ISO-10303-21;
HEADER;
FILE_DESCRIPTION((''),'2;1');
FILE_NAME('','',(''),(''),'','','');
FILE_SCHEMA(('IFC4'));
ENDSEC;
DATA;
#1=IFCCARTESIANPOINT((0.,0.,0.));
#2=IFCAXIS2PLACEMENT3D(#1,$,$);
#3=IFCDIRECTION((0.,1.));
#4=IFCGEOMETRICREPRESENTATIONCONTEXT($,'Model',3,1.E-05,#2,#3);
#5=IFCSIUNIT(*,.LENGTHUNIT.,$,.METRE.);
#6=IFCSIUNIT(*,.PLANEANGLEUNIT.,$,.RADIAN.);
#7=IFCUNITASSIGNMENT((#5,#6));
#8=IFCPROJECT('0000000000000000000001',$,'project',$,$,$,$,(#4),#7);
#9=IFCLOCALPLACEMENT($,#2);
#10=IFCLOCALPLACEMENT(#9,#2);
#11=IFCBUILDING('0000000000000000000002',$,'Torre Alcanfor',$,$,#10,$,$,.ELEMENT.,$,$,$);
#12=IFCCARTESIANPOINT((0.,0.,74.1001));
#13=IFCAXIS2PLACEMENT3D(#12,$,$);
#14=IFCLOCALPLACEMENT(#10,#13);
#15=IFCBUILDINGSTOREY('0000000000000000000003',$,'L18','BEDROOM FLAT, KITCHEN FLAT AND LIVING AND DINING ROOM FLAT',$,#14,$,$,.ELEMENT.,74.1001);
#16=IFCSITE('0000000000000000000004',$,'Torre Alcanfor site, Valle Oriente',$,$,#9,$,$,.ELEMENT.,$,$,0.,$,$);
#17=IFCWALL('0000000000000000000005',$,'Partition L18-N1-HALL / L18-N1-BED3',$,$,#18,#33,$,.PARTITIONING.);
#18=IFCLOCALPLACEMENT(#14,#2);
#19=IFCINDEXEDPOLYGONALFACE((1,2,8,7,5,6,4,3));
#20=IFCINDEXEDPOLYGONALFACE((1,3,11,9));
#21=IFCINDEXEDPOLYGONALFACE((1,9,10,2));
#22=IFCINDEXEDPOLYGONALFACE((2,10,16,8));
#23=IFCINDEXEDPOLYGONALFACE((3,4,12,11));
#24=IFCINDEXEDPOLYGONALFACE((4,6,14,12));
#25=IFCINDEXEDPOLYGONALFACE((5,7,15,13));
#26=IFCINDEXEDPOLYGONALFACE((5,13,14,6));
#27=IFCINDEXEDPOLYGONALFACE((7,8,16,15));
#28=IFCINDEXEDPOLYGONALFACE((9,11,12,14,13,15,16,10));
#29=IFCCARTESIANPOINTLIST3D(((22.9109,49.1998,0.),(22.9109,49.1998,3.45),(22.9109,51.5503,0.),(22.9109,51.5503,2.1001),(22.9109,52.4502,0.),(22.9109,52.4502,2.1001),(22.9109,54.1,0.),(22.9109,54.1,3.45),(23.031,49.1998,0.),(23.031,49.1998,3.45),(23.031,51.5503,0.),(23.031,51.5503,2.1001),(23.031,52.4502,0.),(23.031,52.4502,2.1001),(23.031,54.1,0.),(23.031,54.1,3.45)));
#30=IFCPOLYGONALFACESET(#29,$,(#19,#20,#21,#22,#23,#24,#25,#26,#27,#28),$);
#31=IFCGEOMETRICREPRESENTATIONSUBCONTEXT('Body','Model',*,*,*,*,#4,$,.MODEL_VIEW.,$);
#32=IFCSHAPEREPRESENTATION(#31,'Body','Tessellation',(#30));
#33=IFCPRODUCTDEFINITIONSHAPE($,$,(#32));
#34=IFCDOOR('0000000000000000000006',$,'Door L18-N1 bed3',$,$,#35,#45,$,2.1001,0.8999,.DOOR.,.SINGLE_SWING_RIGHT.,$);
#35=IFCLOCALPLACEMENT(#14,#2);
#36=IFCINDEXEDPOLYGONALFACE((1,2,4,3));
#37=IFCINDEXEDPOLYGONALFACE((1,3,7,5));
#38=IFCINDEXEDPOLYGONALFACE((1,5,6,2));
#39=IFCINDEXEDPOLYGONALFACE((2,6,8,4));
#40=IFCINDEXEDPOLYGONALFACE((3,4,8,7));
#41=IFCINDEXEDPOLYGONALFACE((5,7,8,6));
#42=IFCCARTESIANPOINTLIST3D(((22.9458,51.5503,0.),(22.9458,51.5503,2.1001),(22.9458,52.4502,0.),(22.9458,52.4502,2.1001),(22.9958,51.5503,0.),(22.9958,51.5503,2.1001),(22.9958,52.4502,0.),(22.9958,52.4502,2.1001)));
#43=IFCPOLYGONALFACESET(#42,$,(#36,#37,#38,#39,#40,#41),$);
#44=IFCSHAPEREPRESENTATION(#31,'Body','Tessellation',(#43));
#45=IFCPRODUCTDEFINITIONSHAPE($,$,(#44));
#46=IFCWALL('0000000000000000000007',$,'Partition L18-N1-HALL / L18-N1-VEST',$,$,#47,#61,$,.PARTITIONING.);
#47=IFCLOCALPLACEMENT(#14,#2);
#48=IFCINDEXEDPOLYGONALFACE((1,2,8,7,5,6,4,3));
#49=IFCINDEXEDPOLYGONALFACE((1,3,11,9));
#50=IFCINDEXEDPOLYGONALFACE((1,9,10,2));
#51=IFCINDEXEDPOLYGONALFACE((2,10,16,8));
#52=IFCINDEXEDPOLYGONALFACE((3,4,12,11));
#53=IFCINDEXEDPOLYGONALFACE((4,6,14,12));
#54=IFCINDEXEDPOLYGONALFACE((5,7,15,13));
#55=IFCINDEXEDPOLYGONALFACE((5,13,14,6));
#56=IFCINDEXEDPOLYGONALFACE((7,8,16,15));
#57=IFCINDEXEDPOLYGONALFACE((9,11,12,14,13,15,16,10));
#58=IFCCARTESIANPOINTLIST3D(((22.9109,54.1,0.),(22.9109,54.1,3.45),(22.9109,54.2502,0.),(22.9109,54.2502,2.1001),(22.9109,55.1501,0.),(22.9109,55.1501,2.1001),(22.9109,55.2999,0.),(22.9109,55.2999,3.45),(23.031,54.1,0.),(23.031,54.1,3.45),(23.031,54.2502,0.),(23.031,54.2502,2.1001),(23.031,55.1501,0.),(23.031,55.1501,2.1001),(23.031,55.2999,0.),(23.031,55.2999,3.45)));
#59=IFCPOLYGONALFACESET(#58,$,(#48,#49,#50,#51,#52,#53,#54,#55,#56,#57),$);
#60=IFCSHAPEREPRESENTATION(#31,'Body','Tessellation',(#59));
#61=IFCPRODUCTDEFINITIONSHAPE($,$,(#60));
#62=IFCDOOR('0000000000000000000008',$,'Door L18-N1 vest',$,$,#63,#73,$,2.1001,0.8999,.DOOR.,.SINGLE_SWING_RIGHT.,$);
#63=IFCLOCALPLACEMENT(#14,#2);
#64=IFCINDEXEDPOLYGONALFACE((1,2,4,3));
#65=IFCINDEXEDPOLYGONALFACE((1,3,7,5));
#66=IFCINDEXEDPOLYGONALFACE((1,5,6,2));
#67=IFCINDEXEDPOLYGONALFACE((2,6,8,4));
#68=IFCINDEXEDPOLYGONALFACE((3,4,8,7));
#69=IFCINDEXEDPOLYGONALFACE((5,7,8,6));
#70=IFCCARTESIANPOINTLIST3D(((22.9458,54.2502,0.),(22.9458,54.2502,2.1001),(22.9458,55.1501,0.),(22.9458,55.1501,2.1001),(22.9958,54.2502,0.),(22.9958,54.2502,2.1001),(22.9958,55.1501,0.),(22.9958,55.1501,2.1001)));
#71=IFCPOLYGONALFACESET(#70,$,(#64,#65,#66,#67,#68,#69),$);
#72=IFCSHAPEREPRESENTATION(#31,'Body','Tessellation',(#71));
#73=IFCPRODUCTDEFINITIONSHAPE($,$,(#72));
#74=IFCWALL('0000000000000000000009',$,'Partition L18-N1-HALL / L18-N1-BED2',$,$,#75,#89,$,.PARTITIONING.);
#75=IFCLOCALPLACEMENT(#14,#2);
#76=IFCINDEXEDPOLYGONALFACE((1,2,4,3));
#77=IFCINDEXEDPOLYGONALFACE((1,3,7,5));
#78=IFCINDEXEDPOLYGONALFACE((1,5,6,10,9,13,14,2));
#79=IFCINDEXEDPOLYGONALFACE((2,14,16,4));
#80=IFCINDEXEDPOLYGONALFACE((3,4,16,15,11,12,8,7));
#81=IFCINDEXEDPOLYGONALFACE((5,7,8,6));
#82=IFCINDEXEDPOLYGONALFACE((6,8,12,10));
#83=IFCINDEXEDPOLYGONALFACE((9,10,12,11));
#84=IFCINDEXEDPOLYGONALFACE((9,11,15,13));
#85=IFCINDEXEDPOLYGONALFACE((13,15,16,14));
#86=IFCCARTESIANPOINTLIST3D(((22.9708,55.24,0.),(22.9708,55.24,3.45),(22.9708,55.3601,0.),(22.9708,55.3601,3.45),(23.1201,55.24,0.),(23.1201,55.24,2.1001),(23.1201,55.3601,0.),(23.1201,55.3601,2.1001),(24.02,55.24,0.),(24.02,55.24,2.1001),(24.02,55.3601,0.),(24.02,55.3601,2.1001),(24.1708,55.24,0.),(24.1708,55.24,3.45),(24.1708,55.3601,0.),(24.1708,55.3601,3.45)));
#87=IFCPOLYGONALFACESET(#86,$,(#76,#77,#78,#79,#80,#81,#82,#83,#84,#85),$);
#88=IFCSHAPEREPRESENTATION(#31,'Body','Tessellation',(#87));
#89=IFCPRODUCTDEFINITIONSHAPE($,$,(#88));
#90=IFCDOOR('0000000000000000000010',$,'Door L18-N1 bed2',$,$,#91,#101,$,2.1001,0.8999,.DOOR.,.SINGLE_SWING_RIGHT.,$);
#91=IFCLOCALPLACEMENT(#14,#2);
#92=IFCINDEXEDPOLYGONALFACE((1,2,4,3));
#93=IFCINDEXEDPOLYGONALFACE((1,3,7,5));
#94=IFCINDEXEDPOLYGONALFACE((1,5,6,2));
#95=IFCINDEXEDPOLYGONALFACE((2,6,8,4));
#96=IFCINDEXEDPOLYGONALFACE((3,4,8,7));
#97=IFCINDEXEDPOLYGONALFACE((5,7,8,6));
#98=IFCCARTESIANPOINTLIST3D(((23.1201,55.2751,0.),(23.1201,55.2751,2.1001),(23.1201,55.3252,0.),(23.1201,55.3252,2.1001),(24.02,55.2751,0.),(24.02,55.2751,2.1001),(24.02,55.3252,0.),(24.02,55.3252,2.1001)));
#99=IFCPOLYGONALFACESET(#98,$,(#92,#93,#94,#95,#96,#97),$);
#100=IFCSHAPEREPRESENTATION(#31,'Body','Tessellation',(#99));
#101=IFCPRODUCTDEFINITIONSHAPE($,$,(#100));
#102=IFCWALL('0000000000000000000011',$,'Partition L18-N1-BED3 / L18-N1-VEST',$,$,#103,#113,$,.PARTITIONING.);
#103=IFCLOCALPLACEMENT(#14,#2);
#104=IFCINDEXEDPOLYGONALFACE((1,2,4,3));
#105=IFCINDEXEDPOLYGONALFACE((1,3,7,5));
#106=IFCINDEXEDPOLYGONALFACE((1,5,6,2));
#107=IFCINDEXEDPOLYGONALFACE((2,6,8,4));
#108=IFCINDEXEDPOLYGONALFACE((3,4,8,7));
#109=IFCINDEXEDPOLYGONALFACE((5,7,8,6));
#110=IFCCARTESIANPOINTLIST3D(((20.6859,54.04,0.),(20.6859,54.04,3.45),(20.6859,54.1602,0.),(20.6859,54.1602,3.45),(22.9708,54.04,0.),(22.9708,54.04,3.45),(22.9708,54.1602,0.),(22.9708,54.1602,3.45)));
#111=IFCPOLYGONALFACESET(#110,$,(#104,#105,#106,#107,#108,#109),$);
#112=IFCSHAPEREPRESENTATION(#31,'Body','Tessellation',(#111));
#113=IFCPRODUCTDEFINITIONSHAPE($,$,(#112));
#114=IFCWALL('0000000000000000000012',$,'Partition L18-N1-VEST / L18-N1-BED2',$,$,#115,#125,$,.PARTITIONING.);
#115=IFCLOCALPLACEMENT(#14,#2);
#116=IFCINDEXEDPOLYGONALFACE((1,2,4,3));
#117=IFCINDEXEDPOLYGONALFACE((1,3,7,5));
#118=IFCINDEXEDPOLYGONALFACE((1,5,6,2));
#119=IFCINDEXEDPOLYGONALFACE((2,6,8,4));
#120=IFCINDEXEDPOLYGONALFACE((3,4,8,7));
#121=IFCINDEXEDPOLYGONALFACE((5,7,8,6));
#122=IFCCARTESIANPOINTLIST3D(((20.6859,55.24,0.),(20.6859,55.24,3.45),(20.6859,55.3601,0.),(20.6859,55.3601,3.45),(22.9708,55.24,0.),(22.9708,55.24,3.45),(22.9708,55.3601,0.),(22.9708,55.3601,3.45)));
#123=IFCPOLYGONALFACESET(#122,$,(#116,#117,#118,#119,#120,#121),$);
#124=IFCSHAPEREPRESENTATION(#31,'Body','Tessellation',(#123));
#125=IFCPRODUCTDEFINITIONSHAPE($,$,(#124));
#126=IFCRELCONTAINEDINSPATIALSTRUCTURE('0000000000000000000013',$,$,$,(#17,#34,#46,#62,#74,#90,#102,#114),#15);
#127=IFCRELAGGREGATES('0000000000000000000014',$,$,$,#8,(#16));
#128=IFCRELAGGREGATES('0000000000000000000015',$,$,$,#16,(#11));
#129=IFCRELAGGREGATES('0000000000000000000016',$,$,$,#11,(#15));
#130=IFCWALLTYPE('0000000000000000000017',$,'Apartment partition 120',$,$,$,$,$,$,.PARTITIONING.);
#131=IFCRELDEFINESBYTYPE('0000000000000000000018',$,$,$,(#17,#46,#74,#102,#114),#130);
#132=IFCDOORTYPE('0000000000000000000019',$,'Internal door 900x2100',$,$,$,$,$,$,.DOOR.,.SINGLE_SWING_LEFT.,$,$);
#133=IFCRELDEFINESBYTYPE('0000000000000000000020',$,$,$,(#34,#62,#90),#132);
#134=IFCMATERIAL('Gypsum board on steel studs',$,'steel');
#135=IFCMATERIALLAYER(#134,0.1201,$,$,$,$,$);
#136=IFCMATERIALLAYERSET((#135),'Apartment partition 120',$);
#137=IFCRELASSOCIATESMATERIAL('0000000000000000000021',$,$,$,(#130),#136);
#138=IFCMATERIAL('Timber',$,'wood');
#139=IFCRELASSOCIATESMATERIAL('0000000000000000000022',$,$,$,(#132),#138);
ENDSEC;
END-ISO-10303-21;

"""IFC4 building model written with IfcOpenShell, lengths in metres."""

from ifc_helpers import new_model, si_unit, direction, frame, frame_2d, origin, place, context, subcontext, project, spatial, rectangle, extrude, material, layer, layer_set, type_object, element, fill, save


model = new_model("IFC4")

# Units and contexts
model_context = context("Model", 3, precision=1e-05, world=origin(), true_north=direction((0.0, 1.0)))
body_context = subcontext(model_context, "Body", "Model", "MODEL_VIEW")
ifc_project = project(units=[si_unit("LENGTHUNIT", "METRE"), si_unit("PLANEANGLEUNIT", "RADIAN")], contexts=[model_context])

# Site, building, storey
site_placement = place(None, origin())
site = spatial("IfcSite", under=ifc_project, at=site_placement, Name="Torre Alcanfor site, Valle Oriente", CompositionType="ELEMENT", RefElevation=0.0)
building_placement = place(site_placement, origin())
building = spatial("IfcBuilding", under=site, at=building_placement, Name="Torre Alcanfor", CompositionType="ELEMENT")
storey_placement = place(building_placement, frame((0.0, 0.0, 74.1001)))
storey = spatial("IfcBuildingStorey", under=building, at=storey_placement, Name="L18", Description="BEDROOM FLAT, KITCHEN FLAT AND LIVING AND DINING ROOM FLAT", CompositionType="ELEMENT", Elevation=74.1001)

# Shared definitions
ifc_material_1 = material(Name="Gypsum board on steel studs", Category="steel")
ifc_layer_1 = layer(ifc_material_1, 0.1201)
ifc_layer_set_1 = layer_set([ifc_layer_1], Name="Apartment partition 120")
wall_type = type_object("IfcWallType", Name="Apartment partition 120", PredefinedType="PARTITIONING", material=ifc_layer_set_1)
ifc_material_2 = material(Name="Timber", Category="wood")
door_type = type_object("IfcDoorType", Name="Internal door 900x2100", OperationType="SINGLE_SWING_LEFT", PredefinedType="DOOR", material=ifc_material_2)

# Walls, openings, doors
wall_1_placement = place(storey_placement, frame((22.9709, 54.1001, 0.0), z_axis=(0.0, 0.0, 1.0), x_axis=(0.0, -1.0, 0.0)))
wall_1 = element("IfcWall", 1, at=wall_1_placement, inside=storey, type_object=wall_type, Name="Partition L18-N1-HALL / L18-N1-BED3", PredefinedType="PARTITIONING", context=body_context, shape_type="SweptSolid", body=[
    extrude(rectangle(XDim=4.9001, YDim=0.1201, at=frame_2d((2.4502, 0.0))), origin(), (0.0, 0.0, 1.0), 3.45),
])
opening_1_placement = place(wall_1_placement, frame((1.6499, 0.0, 0.0)))
opening_1 = element("IfcOpeningElement", 2, at=opening_1_placement, cuts=wall_1, PredefinedType="OPENING", context=body_context, shape_type="SweptSolid", body=[
    extrude(rectangle(XDim=0.8999, YDim=2.1001, at=frame_2d((0.45, 1.05))), frame((0.0, 0.0701, 0.0), z_axis=(0.0, -1.0, 0.0), x_axis=(1.0, 0.0, 0.0)), (0.0, 0.0, 1.0), 0.1401),
])
door_1_placement = place(opening_1_placement, frame((0.8999, 0.0, 0.0), z_axis=(0.0, 0.0, 1.0), x_axis=(-1.0, 0.0, 0.0)))
door_1 = element("IfcDoor", 3, at=door_1_placement, inside=storey, type_object=door_type, Name="Door L18-N1 bed3", OperationType="SINGLE_SWING_RIGHT", OverallHeight=2.1001, OverallWidth=0.8999, PredefinedType="DOOR", context=body_context, shape_type="SweptSolid", body=[
    extrude(rectangle(XDim=0.8999, YDim=2.1001, at=frame_2d((0.45, 1.05))), frame((0.0, 0.0251, 0.0), z_axis=(0.0, -1.0, 0.0), x_axis=(1.0, 0.0, 0.0)), (0.0, 0.0, 1.0), 0.05),
])
fill(opening_1, door_1)
wall_2_placement = place(storey_placement, frame((22.9709, 55.3, 0.0), z_axis=(0.0, 0.0, 1.0), x_axis=(0.0, -1.0, 0.0)))
wall_2 = element("IfcWall", 4, at=wall_2_placement, inside=storey, type_object=wall_type, Name="Partition L18-N1-HALL / L18-N1-VEST", PredefinedType="PARTITIONING", context=body_context, shape_type="SweptSolid", body=[
    extrude(rectangle(XDim=1.2, YDim=0.1201, at=frame_2d((0.6001, 0.0))), origin(), (0.0, 0.0, 1.0), 3.45),
])
opening_2_placement = place(wall_2_placement, frame((0.1499, 0.0, 0.0)))
opening_2 = element("IfcOpeningElement", 5, at=opening_2_placement, cuts=wall_2, PredefinedType="OPENING", context=body_context, shape_type="SweptSolid", body=[
    extrude(rectangle(XDim=0.8999, YDim=2.1001, at=frame_2d((0.45, 1.05))), frame((0.0, 0.0701, 0.0), z_axis=(0.0, -1.0, 0.0), x_axis=(1.0, 0.0, 0.0)), (0.0, 0.0, 1.0), 0.1401),
])
door_2_placement = place(opening_2_placement, frame((0.8999, 0.0, 0.0), z_axis=(0.0, 0.0, 1.0), x_axis=(-1.0, 0.0, 0.0)))
door_2 = element("IfcDoor", 6, at=door_2_placement, inside=storey, type_object=door_type, Name="Door L18-N1 vest", OperationType="SINGLE_SWING_RIGHT", OverallHeight=2.1001, OverallWidth=0.8999, PredefinedType="DOOR", context=body_context, shape_type="SweptSolid", body=[
    extrude(rectangle(XDim=0.8999, YDim=2.1001, at=frame_2d((0.45, 1.05))), frame((0.0, 0.0251, 0.0), z_axis=(0.0, -1.0, 0.0), x_axis=(1.0, 0.0, 0.0)), (0.0, 0.0, 1.0), 0.05),
])
fill(opening_2, door_2)
wall_3_placement = place(storey_placement, frame((24.1709, 55.3, 0.0), z_axis=(0.0, 0.0, 1.0), x_axis=(-1.0, 0.0, 0.0)))
wall_3 = element("IfcWall", 7, at=wall_3_placement, inside=storey, type_object=wall_type, Name="Partition L18-N1-HALL / L18-N1-BED2", PredefinedType="PARTITIONING", context=body_context, shape_type="SweptSolid", body=[
    extrude(rectangle(XDim=1.2, YDim=0.1201, at=frame_2d((0.6001, 0.0))), origin(), (0.0, 0.0, 1.0), 3.45),
])
opening_3_placement = place(wall_3_placement, frame((0.1509, 0.0, 0.0)))
opening_3 = element("IfcOpeningElement", 8, at=opening_3_placement, cuts=wall_3, PredefinedType="OPENING", context=body_context, shape_type="SweptSolid", body=[
    extrude(rectangle(XDim=0.8999, YDim=2.1001, at=frame_2d((0.45, 1.05))), frame((0.0, 0.0701, 0.0), z_axis=(0.0, -1.0, 0.0), x_axis=(1.0, 0.0, 0.0)), (0.0, 0.0, 1.0), 0.1401),
])
door_3_placement = place(opening_3_placement, frame((0.8999, 0.0, 0.0), z_axis=(0.0, 0.0, 1.0), x_axis=(-1.0, 0.0, 0.0)))
door_3 = element("IfcDoor", 9, at=door_3_placement, inside=storey, type_object=door_type, Name="Door L18-N1 bed2", OperationType="SINGLE_SWING_RIGHT", OverallHeight=2.1001, OverallWidth=0.8999, PredefinedType="DOOR", context=body_context, shape_type="SweptSolid", body=[
    extrude(rectangle(XDim=0.8999, YDim=2.1001, at=frame_2d((0.45, 1.05))), frame((0.0, 0.0251, 0.0), z_axis=(0.0, -1.0, 0.0), x_axis=(1.0, 0.0, 0.0)), (0.0, 0.0, 1.0), 0.05),
])
fill(opening_3, door_3)

# Walls
for number, where, z_axis, x_axis, name in (
    (10, (22.9709, 54.1001, 0.0), (0.0, 0.0, 1.0), (-1.0, 0.0, 0.0), "Partition L18-N1-BED3 / L18-N1-VEST"),
    (11, (22.9709, 55.3, 0.0), (0.0, 0.0, 1.0), (-1.0, 0.0, 0.0), "Partition L18-N1-VEST / L18-N1-BED2"),
):
    element("IfcWall", number, at=place(storey_placement, frame(where, z_axis=z_axis, x_axis=x_axis)), inside=storey, type_object=wall_type, Name=name, PredefinedType="PARTITIONING", context=body_context, shape_type="SweptSolid", body=[
        extrude(rectangle(XDim=2.2849, YDim=0.1201, at=frame_2d((1.1426, 0.0))), origin(), (0.0, 0.0, 1.0), 3.45),
    ])

save(model, "model.ifc")
